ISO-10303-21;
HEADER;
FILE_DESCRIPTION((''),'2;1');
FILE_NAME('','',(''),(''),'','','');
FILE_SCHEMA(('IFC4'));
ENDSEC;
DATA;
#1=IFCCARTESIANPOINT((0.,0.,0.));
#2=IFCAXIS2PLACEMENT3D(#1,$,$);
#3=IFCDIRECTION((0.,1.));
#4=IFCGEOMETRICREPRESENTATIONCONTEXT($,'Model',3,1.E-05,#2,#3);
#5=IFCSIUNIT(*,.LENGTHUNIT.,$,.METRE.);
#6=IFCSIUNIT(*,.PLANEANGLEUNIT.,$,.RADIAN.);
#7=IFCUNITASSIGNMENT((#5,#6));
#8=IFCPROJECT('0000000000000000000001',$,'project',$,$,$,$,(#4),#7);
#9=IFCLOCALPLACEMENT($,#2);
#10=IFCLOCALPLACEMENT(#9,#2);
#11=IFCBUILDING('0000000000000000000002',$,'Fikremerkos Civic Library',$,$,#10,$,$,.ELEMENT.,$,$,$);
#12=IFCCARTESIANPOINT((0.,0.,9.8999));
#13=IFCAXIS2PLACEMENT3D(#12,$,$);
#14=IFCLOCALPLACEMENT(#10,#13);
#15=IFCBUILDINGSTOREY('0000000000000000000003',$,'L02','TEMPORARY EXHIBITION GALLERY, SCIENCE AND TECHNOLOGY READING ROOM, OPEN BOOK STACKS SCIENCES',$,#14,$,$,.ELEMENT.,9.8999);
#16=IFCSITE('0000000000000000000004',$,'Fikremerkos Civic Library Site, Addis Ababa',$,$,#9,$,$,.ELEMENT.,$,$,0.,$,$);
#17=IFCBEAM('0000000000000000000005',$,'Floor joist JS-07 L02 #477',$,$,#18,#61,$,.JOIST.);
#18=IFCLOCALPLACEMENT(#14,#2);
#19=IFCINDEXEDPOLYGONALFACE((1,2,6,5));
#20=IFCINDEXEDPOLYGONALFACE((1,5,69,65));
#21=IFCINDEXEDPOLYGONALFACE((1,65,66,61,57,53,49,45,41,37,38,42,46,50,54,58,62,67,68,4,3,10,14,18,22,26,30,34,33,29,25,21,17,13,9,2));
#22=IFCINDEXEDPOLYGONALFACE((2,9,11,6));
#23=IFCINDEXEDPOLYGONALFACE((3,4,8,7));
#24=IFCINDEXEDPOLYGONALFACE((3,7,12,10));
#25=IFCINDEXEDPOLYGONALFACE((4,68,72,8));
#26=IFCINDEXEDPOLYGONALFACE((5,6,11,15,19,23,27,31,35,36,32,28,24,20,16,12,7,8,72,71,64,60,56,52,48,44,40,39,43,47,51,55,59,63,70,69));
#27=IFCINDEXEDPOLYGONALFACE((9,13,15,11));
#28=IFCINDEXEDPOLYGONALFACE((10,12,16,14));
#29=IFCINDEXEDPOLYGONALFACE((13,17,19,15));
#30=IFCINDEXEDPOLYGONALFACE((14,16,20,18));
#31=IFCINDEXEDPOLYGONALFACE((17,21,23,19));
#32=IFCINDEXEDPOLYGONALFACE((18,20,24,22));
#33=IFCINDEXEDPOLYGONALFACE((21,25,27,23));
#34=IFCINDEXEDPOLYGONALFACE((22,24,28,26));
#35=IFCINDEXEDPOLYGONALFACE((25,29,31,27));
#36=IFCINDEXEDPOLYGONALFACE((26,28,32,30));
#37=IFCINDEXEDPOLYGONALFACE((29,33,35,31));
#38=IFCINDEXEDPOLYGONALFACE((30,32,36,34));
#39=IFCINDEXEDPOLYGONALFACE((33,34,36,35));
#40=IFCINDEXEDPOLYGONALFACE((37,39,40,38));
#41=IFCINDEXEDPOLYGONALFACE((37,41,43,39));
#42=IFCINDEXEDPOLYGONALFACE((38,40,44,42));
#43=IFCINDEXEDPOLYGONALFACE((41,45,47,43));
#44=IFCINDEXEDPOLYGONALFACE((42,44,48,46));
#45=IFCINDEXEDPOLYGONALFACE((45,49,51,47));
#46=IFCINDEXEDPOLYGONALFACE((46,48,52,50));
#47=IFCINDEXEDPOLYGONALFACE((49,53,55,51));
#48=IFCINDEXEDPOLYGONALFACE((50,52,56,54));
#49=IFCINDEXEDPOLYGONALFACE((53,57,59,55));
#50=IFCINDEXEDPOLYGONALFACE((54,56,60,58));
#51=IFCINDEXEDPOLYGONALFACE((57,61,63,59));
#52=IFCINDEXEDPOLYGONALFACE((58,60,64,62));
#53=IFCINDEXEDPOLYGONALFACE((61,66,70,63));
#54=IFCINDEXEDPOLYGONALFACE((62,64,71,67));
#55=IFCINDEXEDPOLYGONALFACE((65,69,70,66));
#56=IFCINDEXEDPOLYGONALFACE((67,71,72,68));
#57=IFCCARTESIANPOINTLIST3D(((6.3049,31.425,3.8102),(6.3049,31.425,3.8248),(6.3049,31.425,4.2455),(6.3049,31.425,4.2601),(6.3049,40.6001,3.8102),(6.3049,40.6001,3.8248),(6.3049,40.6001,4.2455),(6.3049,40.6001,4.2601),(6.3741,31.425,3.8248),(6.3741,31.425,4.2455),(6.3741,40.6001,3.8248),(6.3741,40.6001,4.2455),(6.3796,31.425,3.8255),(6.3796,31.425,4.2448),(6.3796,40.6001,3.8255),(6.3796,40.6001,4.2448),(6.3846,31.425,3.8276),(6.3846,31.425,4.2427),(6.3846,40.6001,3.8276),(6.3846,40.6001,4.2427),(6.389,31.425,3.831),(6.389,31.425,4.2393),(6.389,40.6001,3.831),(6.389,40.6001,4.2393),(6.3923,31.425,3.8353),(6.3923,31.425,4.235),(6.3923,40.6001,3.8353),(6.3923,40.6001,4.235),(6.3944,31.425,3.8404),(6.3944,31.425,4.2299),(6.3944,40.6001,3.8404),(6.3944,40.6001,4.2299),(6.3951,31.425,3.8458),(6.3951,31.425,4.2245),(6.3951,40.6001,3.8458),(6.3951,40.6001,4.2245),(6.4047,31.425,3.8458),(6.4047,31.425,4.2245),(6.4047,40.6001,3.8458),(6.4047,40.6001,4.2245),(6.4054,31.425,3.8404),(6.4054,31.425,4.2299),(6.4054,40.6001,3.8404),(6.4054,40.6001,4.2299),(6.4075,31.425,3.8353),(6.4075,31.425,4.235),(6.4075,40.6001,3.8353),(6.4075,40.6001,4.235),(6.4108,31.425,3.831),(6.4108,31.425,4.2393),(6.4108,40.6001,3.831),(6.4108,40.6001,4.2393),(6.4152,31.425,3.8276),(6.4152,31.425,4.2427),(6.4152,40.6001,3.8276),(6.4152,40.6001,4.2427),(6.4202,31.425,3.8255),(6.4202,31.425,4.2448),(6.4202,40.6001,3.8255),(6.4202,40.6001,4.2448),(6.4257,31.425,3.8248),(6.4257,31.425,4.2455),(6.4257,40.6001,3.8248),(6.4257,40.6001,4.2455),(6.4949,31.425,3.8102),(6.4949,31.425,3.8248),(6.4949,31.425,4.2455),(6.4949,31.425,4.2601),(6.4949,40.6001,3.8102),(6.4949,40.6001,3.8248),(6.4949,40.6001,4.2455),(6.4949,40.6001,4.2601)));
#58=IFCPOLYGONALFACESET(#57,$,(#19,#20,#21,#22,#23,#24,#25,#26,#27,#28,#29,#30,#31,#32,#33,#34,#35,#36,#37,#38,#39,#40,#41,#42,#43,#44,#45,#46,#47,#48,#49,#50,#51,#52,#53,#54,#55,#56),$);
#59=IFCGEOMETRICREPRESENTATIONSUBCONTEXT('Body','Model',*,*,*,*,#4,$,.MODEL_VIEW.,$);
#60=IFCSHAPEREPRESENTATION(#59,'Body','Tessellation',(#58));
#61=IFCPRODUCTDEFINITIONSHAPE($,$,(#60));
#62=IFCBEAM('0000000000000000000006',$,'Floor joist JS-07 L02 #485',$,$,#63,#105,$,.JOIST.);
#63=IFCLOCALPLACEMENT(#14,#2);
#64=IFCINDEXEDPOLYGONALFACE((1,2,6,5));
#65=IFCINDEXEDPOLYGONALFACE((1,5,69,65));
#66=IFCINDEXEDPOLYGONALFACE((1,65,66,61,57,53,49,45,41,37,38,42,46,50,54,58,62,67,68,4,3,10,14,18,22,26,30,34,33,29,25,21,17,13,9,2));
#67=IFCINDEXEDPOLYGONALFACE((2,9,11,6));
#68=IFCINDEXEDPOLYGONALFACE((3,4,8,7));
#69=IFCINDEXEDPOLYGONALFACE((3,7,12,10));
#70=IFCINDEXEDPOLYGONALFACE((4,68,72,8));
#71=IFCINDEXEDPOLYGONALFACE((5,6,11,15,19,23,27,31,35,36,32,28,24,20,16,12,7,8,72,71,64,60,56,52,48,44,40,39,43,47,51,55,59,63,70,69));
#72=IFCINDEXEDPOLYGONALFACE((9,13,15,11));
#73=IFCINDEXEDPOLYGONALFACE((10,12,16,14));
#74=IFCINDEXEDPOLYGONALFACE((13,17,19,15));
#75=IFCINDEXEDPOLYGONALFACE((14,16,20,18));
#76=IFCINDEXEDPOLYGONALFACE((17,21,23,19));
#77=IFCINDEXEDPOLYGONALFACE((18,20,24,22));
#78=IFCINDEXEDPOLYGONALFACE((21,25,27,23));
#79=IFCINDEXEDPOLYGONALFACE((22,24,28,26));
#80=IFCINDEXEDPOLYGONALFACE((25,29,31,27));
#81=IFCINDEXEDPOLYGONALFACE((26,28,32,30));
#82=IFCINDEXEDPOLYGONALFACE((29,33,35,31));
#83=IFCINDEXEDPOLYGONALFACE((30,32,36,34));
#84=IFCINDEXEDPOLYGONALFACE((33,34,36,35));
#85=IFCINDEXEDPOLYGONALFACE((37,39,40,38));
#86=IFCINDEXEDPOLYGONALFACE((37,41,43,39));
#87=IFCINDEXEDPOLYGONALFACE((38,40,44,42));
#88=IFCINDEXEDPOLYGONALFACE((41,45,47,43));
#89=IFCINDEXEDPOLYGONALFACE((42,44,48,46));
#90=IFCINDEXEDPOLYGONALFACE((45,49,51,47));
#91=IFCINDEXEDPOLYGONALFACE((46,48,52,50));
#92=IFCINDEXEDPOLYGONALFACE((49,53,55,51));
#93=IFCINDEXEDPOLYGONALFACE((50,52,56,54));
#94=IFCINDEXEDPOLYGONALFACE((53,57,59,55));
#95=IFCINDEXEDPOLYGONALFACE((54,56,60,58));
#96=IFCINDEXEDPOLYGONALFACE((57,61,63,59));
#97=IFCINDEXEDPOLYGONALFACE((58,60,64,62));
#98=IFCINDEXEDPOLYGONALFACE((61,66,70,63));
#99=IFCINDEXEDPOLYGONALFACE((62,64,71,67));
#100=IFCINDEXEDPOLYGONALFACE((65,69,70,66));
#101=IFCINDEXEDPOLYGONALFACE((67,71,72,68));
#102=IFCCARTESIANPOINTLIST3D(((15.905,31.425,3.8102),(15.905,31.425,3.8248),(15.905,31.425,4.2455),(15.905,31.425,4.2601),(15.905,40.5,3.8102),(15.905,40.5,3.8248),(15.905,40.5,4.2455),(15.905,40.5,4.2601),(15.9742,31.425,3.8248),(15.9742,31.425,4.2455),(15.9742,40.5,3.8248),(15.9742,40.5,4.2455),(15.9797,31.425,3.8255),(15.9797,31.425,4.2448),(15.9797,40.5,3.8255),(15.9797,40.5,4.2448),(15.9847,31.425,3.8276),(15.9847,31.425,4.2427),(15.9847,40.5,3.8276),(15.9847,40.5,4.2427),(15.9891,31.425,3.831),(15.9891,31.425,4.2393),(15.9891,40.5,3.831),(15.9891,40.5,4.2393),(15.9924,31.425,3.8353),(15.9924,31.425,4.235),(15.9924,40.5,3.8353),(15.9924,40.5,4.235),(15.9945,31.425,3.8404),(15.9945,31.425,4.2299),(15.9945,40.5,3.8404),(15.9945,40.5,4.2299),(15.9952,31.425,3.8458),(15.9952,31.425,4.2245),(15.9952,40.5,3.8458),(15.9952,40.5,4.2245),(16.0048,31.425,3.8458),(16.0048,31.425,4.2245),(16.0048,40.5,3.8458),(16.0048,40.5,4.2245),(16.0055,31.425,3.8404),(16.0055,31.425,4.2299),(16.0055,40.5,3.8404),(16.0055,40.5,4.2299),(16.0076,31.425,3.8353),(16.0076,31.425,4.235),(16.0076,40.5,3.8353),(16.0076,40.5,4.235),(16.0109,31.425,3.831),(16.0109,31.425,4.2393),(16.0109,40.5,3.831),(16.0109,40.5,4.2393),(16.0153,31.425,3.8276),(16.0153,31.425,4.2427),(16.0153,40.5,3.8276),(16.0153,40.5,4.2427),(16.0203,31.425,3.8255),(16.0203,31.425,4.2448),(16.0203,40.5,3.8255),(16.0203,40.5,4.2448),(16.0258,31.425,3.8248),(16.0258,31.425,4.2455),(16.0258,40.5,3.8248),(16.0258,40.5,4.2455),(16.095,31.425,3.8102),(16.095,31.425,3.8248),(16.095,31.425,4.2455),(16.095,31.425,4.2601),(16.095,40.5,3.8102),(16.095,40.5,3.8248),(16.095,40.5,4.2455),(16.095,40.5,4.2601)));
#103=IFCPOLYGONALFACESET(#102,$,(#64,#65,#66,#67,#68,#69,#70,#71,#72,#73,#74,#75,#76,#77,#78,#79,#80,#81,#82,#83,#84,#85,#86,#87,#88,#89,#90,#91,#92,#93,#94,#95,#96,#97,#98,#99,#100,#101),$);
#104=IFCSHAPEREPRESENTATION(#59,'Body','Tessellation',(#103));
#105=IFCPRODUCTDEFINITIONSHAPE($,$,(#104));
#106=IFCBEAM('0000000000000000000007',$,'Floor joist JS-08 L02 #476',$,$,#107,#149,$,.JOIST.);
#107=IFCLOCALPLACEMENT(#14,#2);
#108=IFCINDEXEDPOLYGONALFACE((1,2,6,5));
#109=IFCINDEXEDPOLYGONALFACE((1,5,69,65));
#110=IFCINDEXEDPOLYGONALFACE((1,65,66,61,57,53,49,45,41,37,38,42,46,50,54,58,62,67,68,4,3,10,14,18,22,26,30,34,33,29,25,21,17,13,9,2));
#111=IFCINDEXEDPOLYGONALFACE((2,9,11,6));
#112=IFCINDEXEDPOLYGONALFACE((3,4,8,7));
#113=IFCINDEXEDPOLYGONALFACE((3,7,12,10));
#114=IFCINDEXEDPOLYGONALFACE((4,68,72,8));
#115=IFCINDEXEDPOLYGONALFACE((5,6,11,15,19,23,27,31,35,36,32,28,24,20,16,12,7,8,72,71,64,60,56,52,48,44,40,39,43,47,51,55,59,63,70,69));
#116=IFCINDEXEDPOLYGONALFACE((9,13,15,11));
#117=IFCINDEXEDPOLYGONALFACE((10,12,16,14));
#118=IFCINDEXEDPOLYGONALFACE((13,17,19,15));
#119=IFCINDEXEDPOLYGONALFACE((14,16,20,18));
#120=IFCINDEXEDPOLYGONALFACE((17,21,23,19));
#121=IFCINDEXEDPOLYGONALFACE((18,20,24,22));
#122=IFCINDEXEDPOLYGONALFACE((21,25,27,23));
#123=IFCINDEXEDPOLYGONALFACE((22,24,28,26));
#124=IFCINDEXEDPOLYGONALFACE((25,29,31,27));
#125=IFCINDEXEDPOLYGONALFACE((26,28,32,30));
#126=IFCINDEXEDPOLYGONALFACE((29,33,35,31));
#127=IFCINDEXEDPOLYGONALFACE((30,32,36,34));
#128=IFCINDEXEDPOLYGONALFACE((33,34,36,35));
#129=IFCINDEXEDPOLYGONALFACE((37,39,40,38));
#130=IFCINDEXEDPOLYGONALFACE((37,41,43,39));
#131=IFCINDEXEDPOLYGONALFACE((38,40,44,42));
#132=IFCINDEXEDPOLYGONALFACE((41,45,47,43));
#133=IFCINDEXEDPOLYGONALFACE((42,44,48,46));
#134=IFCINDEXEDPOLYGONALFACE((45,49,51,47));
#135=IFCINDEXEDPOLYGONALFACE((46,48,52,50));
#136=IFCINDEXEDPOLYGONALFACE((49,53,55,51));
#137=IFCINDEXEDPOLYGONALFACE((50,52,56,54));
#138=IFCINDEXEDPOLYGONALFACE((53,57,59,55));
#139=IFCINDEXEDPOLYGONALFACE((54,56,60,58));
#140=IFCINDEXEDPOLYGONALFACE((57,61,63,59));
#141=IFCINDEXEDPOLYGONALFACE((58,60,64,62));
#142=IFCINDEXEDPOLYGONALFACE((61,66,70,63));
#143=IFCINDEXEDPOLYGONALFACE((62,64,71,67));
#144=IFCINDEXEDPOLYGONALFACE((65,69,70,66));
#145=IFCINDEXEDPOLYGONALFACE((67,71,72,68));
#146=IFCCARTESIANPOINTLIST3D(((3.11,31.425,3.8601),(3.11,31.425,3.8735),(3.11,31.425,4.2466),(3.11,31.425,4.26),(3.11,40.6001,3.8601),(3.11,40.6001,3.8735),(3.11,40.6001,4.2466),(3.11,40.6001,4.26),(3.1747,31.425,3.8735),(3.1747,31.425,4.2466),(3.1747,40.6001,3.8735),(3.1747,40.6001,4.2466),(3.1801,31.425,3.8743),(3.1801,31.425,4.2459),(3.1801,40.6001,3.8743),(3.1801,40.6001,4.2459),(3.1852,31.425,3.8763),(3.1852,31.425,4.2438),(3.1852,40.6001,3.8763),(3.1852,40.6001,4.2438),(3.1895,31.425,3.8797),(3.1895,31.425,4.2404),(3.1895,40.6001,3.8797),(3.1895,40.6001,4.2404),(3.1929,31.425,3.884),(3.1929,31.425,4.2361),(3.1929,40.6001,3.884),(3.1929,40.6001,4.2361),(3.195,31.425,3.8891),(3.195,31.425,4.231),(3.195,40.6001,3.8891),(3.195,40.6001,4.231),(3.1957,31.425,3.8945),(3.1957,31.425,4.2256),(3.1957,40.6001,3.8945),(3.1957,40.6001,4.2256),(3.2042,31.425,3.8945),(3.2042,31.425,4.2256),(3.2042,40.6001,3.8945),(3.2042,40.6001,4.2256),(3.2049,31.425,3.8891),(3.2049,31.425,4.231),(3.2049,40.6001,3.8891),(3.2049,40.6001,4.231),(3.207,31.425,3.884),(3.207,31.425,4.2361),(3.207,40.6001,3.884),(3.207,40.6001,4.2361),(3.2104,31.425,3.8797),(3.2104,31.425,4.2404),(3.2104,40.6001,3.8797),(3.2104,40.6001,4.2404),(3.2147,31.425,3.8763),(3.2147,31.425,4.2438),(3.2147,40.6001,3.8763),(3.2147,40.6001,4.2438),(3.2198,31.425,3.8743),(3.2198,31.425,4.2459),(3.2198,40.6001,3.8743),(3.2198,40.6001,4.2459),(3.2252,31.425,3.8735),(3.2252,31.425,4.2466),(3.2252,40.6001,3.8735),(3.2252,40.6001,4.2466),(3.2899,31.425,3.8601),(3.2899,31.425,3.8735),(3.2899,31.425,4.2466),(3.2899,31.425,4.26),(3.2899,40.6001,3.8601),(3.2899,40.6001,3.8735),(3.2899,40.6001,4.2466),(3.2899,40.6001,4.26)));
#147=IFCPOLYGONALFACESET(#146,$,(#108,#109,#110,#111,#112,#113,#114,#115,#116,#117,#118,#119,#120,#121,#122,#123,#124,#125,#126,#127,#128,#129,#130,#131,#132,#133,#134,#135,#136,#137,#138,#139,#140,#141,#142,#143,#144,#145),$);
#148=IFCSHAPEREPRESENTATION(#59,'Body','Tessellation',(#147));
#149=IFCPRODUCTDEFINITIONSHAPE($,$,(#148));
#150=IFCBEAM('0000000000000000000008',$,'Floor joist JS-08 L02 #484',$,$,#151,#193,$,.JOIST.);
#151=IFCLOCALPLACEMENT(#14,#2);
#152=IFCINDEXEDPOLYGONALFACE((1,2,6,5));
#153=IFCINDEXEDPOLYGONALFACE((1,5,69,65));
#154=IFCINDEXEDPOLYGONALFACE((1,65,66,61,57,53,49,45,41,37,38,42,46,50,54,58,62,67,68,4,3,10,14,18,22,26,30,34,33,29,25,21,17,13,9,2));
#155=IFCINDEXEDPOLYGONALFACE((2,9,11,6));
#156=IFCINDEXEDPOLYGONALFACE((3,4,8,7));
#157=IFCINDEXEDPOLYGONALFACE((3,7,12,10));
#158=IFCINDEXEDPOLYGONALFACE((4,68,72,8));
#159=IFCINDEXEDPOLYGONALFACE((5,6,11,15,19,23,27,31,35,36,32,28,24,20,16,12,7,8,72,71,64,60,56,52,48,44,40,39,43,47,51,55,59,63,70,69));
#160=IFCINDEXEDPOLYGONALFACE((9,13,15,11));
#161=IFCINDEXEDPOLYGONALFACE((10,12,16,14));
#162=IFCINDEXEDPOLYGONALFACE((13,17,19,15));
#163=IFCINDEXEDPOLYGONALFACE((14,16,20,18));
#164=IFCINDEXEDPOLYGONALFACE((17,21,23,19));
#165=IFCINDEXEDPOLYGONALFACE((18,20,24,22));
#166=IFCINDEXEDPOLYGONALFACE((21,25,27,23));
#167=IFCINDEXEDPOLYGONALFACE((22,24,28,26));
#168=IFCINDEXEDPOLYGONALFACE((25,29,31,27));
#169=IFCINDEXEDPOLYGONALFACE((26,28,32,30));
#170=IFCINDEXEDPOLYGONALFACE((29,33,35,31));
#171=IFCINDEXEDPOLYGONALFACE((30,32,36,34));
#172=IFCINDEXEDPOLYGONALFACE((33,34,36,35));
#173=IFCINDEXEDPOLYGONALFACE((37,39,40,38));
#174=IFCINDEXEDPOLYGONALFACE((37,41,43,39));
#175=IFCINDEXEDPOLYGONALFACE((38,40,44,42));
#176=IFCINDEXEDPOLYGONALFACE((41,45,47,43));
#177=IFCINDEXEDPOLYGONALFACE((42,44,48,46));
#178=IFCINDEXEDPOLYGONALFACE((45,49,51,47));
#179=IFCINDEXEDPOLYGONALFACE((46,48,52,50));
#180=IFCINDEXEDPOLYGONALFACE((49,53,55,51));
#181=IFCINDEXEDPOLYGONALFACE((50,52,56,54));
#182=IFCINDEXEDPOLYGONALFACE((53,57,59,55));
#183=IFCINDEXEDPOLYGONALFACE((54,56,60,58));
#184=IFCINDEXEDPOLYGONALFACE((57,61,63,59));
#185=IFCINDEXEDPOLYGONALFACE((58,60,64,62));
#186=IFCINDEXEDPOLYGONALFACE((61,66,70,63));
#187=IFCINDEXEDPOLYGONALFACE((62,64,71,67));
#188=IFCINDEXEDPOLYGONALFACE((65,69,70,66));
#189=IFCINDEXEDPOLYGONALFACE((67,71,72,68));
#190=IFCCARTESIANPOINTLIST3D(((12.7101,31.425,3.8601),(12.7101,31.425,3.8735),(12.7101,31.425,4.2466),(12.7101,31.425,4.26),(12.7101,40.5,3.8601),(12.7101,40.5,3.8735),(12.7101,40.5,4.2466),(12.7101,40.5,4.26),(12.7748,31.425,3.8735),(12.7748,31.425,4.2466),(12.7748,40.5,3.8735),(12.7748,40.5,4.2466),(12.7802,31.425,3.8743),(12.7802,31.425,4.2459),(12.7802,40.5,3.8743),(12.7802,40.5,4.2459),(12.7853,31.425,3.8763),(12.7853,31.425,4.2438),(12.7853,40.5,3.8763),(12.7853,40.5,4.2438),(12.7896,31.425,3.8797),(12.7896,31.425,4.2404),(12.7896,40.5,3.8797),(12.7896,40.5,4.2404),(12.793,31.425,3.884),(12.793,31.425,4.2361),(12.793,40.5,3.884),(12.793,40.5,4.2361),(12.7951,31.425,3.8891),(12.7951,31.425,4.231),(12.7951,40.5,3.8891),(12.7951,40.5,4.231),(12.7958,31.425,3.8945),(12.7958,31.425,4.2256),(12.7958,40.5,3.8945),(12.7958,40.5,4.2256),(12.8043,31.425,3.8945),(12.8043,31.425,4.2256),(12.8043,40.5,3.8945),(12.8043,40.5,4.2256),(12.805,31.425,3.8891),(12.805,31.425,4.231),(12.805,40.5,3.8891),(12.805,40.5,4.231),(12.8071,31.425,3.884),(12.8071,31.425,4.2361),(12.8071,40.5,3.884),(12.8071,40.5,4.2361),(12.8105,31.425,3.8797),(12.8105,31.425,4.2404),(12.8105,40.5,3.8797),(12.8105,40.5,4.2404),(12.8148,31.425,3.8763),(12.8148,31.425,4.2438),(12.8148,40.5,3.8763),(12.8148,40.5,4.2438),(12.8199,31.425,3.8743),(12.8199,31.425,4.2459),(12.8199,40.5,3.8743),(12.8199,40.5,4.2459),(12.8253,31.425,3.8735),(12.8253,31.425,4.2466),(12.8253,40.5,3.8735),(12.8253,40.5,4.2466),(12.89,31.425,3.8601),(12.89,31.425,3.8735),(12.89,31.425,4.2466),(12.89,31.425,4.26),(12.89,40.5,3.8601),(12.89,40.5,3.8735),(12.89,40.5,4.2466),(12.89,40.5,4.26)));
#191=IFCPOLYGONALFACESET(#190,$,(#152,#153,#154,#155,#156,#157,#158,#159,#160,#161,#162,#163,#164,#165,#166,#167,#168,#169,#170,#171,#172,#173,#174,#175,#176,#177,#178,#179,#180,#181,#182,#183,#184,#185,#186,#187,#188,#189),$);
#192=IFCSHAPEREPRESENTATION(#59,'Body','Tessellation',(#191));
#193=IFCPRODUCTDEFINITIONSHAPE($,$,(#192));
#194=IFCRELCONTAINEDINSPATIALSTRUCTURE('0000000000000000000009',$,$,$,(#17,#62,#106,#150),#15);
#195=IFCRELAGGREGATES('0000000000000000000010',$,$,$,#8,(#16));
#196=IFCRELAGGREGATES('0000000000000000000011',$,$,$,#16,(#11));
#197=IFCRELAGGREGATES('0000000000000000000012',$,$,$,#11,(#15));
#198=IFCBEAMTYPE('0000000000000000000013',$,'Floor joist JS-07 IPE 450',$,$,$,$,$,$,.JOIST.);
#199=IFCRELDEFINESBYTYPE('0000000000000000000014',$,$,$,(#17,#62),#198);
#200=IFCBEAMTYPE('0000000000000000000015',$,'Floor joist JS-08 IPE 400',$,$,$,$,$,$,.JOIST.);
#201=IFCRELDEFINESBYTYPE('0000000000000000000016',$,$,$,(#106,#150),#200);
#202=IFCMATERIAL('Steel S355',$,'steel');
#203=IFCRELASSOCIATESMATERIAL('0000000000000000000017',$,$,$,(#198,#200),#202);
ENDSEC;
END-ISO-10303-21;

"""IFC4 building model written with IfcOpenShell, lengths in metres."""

from ifc_helpers import new_model, si_unit, direction, frame, origin, origin_2d, place, context, subcontext, project, spatial, i_section, extrude, material, material_profile, profile_set, type_object, element, save


model = new_model("IFC4")

# Units and contexts
model_context = context("Model", 3, precision=1e-05, world=origin(), true_north=direction((0.0, 1.0)))
body_context = subcontext(model_context, "Body", "Model", "MODEL_VIEW")
ifc_project = project(units=[si_unit("LENGTHUNIT", "METRE"), si_unit("PLANEANGLEUNIT", "RADIAN")], contexts=[model_context])

# Site, building, storey
site_placement = place(None, origin())
site = spatial("IfcSite", under=ifc_project, at=site_placement, Name="Fikremerkos Civic Library Site, Addis Ababa", CompositionType="ELEMENT", RefElevation=0.0)
building_placement = place(site_placement, origin())
building = spatial("IfcBuilding", under=site, at=building_placement, Name="Fikremerkos Civic Library", CompositionType="ELEMENT")
storey_placement = place(building_placement, frame((0.0, 0.0, 9.8999)))
storey = spatial("IfcBuildingStorey", under=building, at=storey_placement, Name="L02", Description="TEMPORARY EXHIBITION GALLERY, SCIENCE AND TECHNOLOGY READING ROOM, OPEN BOOK STACKS SCIENCES", CompositionType="ELEMENT", Elevation=9.8999)

# Beams
ifc_material_1 = material(Name="Steel S355", Category="steel")
ifc_material_profile_1 = material_profile(ifc_material_1, i_section(OverallWidth=0.1899, OverallDepth=0.45, WebThickness=0.0095, FlangeThickness=0.0146, FilletRadius=0.021, at=origin_2d()), Name="IPE 450")
ifc_profile_set_1 = profile_set([ifc_material_profile_1], Name="Steel S355")
beam_type_1 = type_object("IfcBeamType", Name="Floor joist JS-07 IPE 450", PredefinedType="JOIST", material=ifc_profile_set_1)
beam_1_placement = place(storey_placement, frame((6.3999, 31.425, 4.0352), z_axis=(0.0, 1.0, 0.0), x_axis=(-1.0, 0.0, 0.0)))
element("IfcBeam", 1, at=beam_1_placement, inside=storey, type_object=beam_type_1, Name="Floor joist JS-07 L02 #477", PredefinedType="JOIST", context=body_context, shape_type="SweptSolid", body=[
    extrude(i_section(OverallWidth=0.1899, OverallDepth=0.45, WebThickness=0.0095, FlangeThickness=0.0146, FilletRadius=0.021, at=origin_2d()), origin(), (0.0, 0.0, 1.0), 9.175),
])
beam_2_placement = place(storey_placement, frame((16.0, 31.425, 4.0352), z_axis=(0.0, 1.0, 0.0), x_axis=(-1.0, 0.0, 0.0)))
element("IfcBeam", 2, at=beam_2_placement, inside=storey, type_object=beam_type_1, Name="Floor joist JS-07 L02 #485", PredefinedType="JOIST", context=body_context, shape_type="SweptSolid", body=[
    extrude(i_section(OverallWidth=0.1899, OverallDepth=0.45, WebThickness=0.0095, FlangeThickness=0.0146, FilletRadius=0.021, at=origin_2d()), origin(), (0.0, 0.0, 1.0), 9.075),
])
ifc_material_profile_2 = material_profile(ifc_material_1, i_section(OverallWidth=0.1799, OverallDepth=0.3999, WebThickness=0.0085, FlangeThickness=0.0134, FilletRadius=0.021, at=origin_2d()), Name="IPE 400")
ifc_profile_set_2 = profile_set([ifc_material_profile_2], Name="Steel S355")
beam_type_2 = type_object("IfcBeamType", Name="Floor joist JS-08 IPE 400", PredefinedType="JOIST", material=ifc_profile_set_2)
beam_3_placement = place(storey_placement, frame((3.2, 31.425, 4.0601), z_axis=(0.0, 1.0, 0.0), x_axis=(-1.0, 0.0, 0.0)))
element("IfcBeam", 3, at=beam_3_placement, inside=storey, type_object=beam_type_2, Name="Floor joist JS-08 L02 #476", PredefinedType="JOIST", context=body_context, shape_type="SweptSolid", body=[
    extrude(i_section(OverallWidth=0.1799, OverallDepth=0.3999, WebThickness=0.0085, FlangeThickness=0.0134, FilletRadius=0.021, at=origin_2d()), origin(), (0.0, 0.0, 1.0), 9.175),
])
beam_4_placement = place(storey_placement, frame((12.8, 31.425, 4.0601), z_axis=(0.0, 1.0, 0.0), x_axis=(-1.0, 0.0, 0.0)))
element("IfcBeam", 4, at=beam_4_placement, inside=storey, type_object=beam_type_2, Name="Floor joist JS-08 L02 #484", PredefinedType="JOIST", context=body_context, shape_type="SweptSolid", body=[
    extrude(i_section(OverallWidth=0.1799, OverallDepth=0.3999, WebThickness=0.0085, FlangeThickness=0.0134, FilletRadius=0.021, at=origin_2d()), origin(), (0.0, 0.0, 1.0), 9.075),
])

save(model, "model.ifc")
